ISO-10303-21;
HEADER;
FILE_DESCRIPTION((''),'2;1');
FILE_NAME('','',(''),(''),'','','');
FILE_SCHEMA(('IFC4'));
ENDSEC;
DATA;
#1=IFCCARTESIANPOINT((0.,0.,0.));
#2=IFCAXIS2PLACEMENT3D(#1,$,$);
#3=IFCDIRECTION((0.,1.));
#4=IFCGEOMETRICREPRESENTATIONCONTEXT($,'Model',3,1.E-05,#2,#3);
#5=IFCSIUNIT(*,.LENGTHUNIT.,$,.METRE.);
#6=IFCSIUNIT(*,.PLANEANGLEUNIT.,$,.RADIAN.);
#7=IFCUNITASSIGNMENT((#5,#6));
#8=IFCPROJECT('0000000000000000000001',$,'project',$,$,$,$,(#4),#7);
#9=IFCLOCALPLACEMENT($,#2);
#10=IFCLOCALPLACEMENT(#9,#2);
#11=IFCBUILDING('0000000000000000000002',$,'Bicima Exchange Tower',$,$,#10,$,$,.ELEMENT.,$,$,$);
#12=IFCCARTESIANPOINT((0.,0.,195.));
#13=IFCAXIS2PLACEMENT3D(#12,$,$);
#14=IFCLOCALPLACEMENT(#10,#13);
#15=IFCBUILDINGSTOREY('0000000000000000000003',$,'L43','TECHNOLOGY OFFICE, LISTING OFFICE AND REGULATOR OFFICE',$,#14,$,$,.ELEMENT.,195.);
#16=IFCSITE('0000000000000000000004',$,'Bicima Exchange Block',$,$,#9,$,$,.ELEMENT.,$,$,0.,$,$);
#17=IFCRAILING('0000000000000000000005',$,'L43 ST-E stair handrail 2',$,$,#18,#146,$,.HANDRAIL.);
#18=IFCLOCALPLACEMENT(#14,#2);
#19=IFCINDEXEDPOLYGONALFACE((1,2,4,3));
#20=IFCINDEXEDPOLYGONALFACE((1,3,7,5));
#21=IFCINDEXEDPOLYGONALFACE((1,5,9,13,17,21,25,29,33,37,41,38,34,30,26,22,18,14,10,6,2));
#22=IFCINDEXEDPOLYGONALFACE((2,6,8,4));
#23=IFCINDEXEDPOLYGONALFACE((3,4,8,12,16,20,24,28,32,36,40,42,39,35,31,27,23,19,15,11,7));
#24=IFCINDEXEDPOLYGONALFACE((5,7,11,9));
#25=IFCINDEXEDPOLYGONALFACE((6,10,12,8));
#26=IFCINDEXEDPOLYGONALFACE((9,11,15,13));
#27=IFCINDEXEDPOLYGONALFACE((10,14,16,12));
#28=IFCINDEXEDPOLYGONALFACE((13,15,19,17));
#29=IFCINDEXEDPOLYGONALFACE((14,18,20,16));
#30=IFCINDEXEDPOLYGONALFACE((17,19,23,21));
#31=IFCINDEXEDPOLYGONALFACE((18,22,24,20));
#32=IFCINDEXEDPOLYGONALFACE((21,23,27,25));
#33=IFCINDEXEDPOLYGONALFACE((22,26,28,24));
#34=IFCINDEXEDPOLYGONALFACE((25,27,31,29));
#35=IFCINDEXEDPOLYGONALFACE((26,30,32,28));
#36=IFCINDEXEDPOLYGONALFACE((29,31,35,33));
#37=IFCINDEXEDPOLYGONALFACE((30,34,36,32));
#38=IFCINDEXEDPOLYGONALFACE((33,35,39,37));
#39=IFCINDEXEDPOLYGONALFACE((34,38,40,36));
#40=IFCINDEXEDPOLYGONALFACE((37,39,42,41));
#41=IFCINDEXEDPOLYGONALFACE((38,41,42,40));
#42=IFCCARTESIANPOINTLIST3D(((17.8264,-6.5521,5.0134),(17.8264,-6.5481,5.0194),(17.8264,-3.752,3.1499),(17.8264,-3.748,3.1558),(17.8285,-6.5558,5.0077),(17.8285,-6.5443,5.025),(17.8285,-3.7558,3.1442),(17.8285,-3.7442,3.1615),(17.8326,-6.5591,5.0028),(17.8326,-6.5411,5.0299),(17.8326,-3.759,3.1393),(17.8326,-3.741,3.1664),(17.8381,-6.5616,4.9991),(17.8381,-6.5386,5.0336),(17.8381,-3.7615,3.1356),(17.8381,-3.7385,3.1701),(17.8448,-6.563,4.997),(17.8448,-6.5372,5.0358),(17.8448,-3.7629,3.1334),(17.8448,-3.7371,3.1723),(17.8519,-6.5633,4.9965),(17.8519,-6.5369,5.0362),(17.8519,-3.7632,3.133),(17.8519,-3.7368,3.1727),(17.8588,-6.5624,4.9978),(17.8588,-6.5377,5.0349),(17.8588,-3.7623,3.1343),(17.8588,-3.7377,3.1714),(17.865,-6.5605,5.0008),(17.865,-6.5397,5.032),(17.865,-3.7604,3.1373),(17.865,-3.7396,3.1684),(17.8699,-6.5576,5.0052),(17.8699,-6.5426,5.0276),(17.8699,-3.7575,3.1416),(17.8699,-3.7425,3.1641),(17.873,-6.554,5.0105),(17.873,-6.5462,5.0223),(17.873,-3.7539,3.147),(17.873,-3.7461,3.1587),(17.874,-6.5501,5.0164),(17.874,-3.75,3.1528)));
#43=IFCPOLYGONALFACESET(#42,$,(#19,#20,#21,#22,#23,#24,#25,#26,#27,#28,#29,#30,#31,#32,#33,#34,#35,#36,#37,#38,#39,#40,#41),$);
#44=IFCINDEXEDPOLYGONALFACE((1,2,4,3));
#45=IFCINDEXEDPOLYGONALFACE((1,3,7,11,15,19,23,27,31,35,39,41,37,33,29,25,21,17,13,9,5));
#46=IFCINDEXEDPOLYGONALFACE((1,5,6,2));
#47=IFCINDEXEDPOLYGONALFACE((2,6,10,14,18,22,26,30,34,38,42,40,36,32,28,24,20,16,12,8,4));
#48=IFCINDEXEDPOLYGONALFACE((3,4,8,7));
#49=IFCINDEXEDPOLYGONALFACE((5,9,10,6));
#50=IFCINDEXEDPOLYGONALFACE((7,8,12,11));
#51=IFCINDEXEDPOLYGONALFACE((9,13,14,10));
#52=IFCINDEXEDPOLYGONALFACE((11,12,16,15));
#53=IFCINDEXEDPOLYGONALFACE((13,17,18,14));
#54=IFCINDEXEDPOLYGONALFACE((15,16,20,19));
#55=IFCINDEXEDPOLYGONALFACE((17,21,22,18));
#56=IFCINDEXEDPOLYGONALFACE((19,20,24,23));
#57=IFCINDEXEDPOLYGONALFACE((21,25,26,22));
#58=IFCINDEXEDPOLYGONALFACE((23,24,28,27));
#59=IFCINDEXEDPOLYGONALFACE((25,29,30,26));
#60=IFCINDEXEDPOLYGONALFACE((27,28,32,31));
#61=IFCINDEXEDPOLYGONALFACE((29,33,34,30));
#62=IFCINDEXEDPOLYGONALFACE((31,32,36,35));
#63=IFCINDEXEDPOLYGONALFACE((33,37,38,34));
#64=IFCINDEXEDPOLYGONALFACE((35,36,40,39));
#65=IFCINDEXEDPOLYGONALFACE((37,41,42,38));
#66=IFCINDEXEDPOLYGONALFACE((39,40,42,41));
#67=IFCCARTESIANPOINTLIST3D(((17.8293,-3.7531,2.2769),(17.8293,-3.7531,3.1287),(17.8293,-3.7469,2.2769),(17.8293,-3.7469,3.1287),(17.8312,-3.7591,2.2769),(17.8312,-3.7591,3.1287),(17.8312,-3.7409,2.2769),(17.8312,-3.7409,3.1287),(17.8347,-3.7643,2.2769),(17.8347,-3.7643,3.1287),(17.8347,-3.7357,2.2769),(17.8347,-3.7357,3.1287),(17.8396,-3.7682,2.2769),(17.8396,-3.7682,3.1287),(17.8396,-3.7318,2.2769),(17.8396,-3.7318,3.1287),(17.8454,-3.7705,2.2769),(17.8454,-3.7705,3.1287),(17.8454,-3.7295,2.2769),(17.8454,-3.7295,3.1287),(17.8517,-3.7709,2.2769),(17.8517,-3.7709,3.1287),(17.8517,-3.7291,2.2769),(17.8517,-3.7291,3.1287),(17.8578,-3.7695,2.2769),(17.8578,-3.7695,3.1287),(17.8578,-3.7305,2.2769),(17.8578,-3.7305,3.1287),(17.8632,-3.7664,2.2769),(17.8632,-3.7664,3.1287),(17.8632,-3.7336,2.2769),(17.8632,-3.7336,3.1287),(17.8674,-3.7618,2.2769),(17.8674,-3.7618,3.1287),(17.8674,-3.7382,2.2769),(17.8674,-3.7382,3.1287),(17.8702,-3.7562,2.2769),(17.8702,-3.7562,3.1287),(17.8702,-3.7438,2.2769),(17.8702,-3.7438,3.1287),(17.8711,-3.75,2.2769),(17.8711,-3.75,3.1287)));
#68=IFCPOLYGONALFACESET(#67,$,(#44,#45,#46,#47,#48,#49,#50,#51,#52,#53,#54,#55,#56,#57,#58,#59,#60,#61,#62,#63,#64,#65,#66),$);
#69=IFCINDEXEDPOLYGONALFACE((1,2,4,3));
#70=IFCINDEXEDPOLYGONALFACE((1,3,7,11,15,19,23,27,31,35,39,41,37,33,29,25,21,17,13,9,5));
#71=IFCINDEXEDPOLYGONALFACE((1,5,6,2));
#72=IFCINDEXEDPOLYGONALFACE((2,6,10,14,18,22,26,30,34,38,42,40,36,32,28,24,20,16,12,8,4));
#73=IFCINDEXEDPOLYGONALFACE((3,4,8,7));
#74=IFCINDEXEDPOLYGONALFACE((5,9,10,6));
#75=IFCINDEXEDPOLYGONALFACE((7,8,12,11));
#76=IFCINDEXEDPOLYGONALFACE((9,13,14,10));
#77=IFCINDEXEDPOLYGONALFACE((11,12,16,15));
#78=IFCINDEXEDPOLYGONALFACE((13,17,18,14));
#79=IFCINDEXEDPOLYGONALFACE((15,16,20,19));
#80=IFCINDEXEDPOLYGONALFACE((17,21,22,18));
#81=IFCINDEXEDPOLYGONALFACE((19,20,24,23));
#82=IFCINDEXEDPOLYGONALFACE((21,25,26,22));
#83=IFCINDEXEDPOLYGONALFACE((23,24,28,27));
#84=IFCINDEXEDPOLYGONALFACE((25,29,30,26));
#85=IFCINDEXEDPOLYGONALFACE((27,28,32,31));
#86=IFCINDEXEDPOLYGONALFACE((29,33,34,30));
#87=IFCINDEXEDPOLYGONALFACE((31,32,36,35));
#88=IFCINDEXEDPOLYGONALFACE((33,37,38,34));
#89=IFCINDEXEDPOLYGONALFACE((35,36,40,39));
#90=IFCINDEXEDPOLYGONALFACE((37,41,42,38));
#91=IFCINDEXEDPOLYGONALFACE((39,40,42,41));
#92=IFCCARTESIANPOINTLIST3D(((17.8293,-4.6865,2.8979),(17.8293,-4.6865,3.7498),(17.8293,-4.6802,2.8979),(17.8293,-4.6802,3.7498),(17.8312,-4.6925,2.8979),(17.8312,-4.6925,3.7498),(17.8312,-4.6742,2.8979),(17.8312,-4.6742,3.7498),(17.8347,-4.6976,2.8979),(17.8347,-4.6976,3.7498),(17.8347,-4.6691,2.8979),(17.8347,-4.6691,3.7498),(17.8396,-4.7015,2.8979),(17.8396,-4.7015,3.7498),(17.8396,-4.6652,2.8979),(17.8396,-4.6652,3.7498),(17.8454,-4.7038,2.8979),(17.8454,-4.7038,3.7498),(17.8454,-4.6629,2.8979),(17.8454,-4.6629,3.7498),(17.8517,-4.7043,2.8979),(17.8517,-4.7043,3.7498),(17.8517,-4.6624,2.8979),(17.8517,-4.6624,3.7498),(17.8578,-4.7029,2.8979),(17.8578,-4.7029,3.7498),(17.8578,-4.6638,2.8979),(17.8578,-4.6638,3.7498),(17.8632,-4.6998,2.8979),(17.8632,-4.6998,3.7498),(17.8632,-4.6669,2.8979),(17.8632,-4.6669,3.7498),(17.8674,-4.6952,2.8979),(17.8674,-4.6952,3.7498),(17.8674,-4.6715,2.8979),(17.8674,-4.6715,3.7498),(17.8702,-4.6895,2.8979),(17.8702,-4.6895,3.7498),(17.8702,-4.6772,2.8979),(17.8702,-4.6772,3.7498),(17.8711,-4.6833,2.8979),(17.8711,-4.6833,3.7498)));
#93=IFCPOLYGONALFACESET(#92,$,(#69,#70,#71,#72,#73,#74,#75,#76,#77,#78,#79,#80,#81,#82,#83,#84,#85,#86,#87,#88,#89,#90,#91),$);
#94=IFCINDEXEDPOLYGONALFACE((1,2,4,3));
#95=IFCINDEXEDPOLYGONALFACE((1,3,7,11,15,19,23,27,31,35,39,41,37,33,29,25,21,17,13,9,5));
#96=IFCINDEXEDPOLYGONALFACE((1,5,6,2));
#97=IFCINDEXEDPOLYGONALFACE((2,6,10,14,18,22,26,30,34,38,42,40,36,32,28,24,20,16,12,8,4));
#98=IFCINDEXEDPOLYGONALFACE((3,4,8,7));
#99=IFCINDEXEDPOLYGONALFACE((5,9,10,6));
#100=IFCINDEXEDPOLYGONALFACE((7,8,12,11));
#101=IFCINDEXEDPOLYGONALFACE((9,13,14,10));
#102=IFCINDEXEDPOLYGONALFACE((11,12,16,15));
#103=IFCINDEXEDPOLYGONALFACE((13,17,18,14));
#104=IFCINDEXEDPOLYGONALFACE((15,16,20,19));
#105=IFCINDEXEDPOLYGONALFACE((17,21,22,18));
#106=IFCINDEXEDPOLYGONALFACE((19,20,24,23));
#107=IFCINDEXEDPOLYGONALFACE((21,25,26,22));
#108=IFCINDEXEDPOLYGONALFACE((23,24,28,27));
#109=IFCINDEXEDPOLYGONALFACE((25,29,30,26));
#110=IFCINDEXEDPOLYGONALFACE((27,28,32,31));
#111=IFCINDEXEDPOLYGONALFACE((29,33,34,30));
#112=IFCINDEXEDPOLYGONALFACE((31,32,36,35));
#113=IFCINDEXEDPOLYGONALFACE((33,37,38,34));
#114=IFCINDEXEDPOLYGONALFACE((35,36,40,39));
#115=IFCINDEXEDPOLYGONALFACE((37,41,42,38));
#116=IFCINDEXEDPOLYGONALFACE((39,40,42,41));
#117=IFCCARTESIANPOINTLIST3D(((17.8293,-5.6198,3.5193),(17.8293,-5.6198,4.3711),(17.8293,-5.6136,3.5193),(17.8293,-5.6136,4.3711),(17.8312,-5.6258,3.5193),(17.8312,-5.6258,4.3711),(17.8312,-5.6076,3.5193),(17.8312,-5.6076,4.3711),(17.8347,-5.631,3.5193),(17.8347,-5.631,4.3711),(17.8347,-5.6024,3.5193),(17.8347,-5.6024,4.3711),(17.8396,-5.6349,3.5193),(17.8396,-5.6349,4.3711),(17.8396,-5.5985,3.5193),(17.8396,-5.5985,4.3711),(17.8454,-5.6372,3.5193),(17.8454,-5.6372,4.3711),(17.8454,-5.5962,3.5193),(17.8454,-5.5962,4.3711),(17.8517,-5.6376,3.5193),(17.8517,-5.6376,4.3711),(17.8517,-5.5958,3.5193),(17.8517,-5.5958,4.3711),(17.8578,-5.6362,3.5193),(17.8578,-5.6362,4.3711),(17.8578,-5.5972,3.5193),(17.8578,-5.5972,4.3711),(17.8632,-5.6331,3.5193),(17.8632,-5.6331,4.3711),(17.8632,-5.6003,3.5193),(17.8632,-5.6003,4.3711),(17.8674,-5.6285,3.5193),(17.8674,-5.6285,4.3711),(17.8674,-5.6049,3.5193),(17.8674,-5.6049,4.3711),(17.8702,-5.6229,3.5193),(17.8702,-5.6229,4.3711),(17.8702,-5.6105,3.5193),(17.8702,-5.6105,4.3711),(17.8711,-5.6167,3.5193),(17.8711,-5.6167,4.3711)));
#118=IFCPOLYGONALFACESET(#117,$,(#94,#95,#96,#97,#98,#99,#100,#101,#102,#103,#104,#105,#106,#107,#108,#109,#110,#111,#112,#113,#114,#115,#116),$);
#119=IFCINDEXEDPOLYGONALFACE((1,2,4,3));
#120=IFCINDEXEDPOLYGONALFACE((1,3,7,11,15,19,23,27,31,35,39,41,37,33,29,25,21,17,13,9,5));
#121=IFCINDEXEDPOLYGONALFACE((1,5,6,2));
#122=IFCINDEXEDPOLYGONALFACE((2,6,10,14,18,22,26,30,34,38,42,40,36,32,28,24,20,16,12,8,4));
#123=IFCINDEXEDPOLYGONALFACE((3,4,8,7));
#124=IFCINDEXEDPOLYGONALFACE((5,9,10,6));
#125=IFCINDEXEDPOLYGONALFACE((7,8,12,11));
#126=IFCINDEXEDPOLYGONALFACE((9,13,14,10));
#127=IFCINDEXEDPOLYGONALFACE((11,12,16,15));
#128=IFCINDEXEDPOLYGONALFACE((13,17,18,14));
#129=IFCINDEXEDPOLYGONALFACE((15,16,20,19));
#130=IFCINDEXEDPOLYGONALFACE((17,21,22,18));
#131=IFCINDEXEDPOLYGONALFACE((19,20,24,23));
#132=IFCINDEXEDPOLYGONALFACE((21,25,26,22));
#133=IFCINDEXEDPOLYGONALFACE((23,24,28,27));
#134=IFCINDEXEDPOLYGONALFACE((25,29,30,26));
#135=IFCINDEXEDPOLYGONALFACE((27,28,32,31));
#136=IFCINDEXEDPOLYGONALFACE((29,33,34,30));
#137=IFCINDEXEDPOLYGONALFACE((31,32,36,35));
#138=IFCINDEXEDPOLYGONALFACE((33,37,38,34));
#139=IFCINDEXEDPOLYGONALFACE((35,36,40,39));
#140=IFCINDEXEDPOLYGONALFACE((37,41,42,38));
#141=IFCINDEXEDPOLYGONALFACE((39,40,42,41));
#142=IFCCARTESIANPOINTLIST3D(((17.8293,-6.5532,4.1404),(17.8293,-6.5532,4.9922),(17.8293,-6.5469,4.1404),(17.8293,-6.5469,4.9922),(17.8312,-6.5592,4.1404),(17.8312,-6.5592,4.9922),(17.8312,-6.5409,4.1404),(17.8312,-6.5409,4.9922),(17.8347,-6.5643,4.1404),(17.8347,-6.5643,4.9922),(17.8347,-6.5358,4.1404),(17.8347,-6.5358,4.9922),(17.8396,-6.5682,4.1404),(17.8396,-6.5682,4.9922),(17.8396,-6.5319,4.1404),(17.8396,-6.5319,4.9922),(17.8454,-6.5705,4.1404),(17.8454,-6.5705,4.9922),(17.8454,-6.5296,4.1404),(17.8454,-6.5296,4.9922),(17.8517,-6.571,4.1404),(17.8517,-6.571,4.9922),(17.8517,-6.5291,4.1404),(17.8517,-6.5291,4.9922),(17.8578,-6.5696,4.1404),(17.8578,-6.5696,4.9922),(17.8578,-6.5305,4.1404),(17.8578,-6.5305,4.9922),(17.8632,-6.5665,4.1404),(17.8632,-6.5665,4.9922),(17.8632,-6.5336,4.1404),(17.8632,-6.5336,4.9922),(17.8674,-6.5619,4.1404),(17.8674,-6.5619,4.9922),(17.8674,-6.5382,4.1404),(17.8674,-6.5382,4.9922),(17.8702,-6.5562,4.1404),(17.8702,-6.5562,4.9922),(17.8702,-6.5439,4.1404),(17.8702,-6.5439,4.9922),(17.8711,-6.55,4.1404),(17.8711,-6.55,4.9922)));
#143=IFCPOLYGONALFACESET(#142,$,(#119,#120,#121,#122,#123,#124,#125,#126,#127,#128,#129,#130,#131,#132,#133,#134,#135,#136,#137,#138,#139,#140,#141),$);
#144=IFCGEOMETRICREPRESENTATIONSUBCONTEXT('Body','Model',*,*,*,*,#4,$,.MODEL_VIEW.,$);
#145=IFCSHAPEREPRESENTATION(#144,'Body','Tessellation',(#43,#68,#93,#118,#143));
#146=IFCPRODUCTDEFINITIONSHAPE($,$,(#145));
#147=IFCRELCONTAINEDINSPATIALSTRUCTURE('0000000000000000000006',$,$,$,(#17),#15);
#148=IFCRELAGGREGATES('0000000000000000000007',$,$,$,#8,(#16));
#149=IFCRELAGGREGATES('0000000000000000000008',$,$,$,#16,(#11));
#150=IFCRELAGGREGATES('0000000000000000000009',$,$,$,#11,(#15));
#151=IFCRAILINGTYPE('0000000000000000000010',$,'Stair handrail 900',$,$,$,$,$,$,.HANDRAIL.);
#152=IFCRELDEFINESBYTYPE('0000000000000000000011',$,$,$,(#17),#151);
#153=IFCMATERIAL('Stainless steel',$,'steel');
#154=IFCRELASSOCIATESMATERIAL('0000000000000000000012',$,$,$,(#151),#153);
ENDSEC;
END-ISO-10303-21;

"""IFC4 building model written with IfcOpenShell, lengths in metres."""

from ifc_helpers import new_model, si_unit, direction, frame, origin, origin_2d, place, context, subcontext, project, spatial, circle, extrude, material, type_object, element, save


model = new_model("IFC4")

# Units and contexts
model_context = context("Model", 3, precision=1e-05, world=origin(), true_north=direction((0.0, 1.0)))
body_context = subcontext(model_context, "Body", "Model", "MODEL_VIEW")
ifc_project = project(units=[si_unit("LENGTHUNIT", "METRE"), si_unit("PLANEANGLEUNIT", "RADIAN")], contexts=[model_context])

# Site, building, storey
site_placement = place(None, origin())
site = spatial("IfcSite", under=ifc_project, at=site_placement, Name="Bicima Exchange Block", CompositionType="ELEMENT", RefElevation=0.0)
building_placement = place(site_placement, origin())
building = spatial("IfcBuilding", under=site, at=building_placement, Name="Bicima Exchange Tower", CompositionType="ELEMENT")
storey_placement = place(building_placement, frame((0.0, 0.0, 195.0)))
storey = spatial("IfcBuildingStorey", under=building, at=storey_placement, Name="L43", Description="TECHNOLOGY OFFICE, LISTING OFFICE AND REGULATOR OFFICE", CompositionType="ELEMENT", Elevation=195.0)

# Shared definitions
ifc_material_1 = material(Name="Stainless steel", Category="steel")

# Railing
railing_type = type_object("IfcRailingType", Name="Stair handrail 900", PredefinedType="HANDRAIL", material=ifc_material_1)
railing_placement = place(storey_placement, frame((17.8501, -3.75, 2.2769)))
element("IfcRailing", 1, at=railing_placement, inside=storey, type_object=railing_type, Name="L43 ST-E stair handrail 2", PredefinedType="HANDRAIL", context=body_context, shape_type="SweptSolid", body=[
    extrude(circle(Radius=0.0239, at=origin_2d()), frame((0.0, 0.0, 0.876), z_axis=(0.0, -0.832486, 0.554047), x_axis=(1.0, 0.0, 0.0)), (0.0, 0.0, 1.0), 3.3635),
    extrude(circle(Radius=0.021, at=origin_2d()), origin(), (0.0, 0.0, 1.0), 0.8518),
    extrude(circle(Radius=0.021, at=origin_2d()), frame((0.0, -0.9333, 0.6211)), (0.0, 0.0, 1.0), 0.8518),
    extrude(circle(Radius=0.021, at=origin_2d()), frame((0.0, -1.8667, 1.2424)), (0.0, 0.0, 1.0), 0.8518),
    extrude(circle(Radius=0.021, at=origin_2d()), frame((0.0, -2.8, 1.8635)), (0.0, 0.0, 1.0), 0.8518),
])

save(model, "model.ifc")
